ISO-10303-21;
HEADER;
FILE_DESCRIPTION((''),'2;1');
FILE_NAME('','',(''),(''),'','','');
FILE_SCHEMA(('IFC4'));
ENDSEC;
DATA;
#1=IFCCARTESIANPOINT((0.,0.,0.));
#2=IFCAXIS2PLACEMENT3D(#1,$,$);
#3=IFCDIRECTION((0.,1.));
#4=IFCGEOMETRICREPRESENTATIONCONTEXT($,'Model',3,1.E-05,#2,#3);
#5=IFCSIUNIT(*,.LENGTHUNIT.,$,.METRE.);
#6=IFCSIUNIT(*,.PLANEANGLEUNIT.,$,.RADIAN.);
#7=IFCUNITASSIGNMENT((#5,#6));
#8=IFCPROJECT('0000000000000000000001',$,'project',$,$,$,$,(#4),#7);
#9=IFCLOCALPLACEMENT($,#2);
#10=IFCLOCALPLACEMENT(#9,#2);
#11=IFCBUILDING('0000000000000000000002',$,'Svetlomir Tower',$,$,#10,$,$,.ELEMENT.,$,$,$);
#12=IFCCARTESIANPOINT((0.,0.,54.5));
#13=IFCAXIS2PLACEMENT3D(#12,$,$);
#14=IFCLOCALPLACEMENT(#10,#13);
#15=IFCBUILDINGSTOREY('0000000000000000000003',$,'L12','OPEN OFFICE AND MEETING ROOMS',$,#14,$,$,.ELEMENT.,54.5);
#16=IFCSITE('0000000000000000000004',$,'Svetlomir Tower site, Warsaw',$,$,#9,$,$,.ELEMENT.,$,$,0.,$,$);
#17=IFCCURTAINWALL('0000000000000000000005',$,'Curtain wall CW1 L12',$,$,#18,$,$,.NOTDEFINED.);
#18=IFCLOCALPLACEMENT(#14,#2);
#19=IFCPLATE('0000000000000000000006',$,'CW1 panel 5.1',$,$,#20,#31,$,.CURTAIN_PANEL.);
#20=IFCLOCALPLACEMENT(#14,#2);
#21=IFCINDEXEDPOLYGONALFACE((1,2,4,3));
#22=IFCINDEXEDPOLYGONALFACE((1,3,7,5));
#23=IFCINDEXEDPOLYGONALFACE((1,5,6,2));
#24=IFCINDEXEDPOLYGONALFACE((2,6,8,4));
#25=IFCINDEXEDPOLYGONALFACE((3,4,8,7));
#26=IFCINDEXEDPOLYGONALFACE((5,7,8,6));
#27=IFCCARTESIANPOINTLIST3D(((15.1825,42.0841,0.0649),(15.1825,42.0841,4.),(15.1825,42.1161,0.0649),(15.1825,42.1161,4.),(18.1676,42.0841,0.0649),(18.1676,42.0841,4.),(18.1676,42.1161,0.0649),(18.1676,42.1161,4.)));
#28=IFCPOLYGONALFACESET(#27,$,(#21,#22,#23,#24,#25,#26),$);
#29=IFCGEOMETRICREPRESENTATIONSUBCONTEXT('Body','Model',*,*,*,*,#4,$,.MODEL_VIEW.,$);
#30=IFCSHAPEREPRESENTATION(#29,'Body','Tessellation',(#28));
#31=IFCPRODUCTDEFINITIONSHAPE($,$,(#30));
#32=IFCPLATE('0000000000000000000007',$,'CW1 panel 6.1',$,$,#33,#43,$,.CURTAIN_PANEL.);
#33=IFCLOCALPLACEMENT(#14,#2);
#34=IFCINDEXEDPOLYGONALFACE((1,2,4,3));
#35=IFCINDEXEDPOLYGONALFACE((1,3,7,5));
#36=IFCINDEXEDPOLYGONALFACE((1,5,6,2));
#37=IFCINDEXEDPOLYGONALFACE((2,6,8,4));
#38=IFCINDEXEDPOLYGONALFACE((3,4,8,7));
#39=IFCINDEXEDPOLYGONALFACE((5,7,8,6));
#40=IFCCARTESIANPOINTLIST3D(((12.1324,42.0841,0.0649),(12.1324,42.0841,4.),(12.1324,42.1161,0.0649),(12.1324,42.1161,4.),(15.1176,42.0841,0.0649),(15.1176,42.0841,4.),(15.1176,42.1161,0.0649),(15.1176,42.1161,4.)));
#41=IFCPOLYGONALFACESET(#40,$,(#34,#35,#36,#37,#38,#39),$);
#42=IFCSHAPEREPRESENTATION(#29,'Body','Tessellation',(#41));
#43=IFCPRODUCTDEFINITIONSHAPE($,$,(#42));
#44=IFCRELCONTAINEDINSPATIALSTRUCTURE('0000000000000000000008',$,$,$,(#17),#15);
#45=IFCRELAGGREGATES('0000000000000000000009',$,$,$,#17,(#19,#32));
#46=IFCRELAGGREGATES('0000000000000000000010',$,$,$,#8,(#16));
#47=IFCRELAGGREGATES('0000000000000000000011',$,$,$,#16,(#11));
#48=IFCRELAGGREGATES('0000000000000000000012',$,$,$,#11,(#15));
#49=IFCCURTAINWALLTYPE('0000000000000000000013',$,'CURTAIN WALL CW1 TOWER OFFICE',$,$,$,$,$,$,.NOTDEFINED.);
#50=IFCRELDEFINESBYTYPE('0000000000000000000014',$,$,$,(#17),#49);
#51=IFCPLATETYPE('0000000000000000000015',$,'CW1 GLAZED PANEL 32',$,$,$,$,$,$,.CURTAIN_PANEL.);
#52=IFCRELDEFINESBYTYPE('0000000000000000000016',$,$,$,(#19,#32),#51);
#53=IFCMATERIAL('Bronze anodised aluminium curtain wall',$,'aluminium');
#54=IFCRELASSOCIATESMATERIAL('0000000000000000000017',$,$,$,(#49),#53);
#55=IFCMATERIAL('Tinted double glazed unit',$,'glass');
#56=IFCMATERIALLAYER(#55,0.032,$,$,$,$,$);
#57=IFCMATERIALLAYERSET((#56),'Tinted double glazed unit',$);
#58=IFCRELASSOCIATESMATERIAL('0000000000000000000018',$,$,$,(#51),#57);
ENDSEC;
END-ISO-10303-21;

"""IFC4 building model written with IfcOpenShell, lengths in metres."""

from ifc_helpers import new_model, si_unit, direction, frame, origin, origin_2d, place, context, subcontext, project, spatial, rectangle, extrude, material, layer, layer_set, type_object, element, aggregate, save


model = new_model("IFC4")

# Units and contexts
model_context = context("Model", 3, precision=1e-05, world=origin(), true_north=direction((0.0, 1.0)))
body_context = subcontext(model_context, "Body", "Model", "MODEL_VIEW")
ifc_project = project(units=[si_unit("LENGTHUNIT", "METRE"), si_unit("PLANEANGLEUNIT", "RADIAN")], contexts=[model_context])

# Site, building, storey
site_placement = place(None, origin())
site = spatial("IfcSite", under=ifc_project, at=site_placement, Name="Svetlomir Tower site, Warsaw", CompositionType="ELEMENT", RefElevation=0.0)
building_placement = place(site_placement, origin())
building = spatial("IfcBuilding", under=site, at=building_placement, Name="Svetlomir Tower", CompositionType="ELEMENT")
storey_placement = place(building_placement, frame((0.0, 0.0, 54.5)))
storey = spatial("IfcBuildingStorey", under=building, at=storey_placement, Name="L12", Description="OPEN OFFICE AND MEETING ROOMS", CompositionType="ELEMENT", Elevation=54.5)

# Curtain wall
ifc_material_1 = material(Name="Bronze anodised aluminium curtain wall", Category="aluminium")
curtain_wall_type = type_object("IfcCurtainWallType", Name="CURTAIN WALL CW1 TOWER OFFICE", PredefinedType="NOTDEFINED", material=ifc_material_1)
curtain_wall_placement = place(storey_placement, origin())
curtain_wall = element("IfcCurtainWall", 1, at=curtain_wall_placement, inside=storey, type_object=curtain_wall_type, Name="Curtain wall CW1 L12", PredefinedType="NOTDEFINED")

# Plates
ifc_material_2 = material(Name="Tinted double glazed unit", Category="glass")
ifc_layer = layer(ifc_material_2, 0.032)
ifc_layer_set = layer_set([ifc_layer], Name="Tinted double glazed unit")
plate_type = type_object("IfcPlateType", Name="CW1 GLAZED PANEL 32", PredefinedType="CURTAIN_PANEL", material=ifc_layer_set)
plate_1_placement = place(storey_placement, frame((16.675, 42.1001, 0.0649), z_axis=(0.0, 0.0, 1.0), x_axis=(-1.0, 0.0, 0.0)))
plate_1 = element("IfcPlate", 2, at=plate_1_placement, type_object=plate_type, Name="CW1 panel 5.1", PredefinedType="CURTAIN_PANEL", context=body_context, shape_type="SweptSolid", body=[
    extrude(rectangle(XDim=2.9851, YDim=0.032, at=origin_2d()), origin(), (0.0, 0.0, 1.0), 3.9351),
])
plate_2_placement = place(storey_placement, frame((13.625, 42.1001, 0.0649), z_axis=(0.0, 0.0, 1.0), x_axis=(-1.0, 0.0, 0.0)))
plate_2 = element("IfcPlate", 3, at=plate_2_placement, type_object=plate_type, Name="CW1 panel 6.1", PredefinedType="CURTAIN_PANEL", context=body_context, shape_type="SweptSolid", body=[
    extrude(rectangle(XDim=2.9851, YDim=0.032, at=origin_2d()), origin(), (0.0, 0.0, 1.0), 3.9351),
])
aggregate(curtain_wall, [plate_1, plate_2])

save(model, "model.ifc")
